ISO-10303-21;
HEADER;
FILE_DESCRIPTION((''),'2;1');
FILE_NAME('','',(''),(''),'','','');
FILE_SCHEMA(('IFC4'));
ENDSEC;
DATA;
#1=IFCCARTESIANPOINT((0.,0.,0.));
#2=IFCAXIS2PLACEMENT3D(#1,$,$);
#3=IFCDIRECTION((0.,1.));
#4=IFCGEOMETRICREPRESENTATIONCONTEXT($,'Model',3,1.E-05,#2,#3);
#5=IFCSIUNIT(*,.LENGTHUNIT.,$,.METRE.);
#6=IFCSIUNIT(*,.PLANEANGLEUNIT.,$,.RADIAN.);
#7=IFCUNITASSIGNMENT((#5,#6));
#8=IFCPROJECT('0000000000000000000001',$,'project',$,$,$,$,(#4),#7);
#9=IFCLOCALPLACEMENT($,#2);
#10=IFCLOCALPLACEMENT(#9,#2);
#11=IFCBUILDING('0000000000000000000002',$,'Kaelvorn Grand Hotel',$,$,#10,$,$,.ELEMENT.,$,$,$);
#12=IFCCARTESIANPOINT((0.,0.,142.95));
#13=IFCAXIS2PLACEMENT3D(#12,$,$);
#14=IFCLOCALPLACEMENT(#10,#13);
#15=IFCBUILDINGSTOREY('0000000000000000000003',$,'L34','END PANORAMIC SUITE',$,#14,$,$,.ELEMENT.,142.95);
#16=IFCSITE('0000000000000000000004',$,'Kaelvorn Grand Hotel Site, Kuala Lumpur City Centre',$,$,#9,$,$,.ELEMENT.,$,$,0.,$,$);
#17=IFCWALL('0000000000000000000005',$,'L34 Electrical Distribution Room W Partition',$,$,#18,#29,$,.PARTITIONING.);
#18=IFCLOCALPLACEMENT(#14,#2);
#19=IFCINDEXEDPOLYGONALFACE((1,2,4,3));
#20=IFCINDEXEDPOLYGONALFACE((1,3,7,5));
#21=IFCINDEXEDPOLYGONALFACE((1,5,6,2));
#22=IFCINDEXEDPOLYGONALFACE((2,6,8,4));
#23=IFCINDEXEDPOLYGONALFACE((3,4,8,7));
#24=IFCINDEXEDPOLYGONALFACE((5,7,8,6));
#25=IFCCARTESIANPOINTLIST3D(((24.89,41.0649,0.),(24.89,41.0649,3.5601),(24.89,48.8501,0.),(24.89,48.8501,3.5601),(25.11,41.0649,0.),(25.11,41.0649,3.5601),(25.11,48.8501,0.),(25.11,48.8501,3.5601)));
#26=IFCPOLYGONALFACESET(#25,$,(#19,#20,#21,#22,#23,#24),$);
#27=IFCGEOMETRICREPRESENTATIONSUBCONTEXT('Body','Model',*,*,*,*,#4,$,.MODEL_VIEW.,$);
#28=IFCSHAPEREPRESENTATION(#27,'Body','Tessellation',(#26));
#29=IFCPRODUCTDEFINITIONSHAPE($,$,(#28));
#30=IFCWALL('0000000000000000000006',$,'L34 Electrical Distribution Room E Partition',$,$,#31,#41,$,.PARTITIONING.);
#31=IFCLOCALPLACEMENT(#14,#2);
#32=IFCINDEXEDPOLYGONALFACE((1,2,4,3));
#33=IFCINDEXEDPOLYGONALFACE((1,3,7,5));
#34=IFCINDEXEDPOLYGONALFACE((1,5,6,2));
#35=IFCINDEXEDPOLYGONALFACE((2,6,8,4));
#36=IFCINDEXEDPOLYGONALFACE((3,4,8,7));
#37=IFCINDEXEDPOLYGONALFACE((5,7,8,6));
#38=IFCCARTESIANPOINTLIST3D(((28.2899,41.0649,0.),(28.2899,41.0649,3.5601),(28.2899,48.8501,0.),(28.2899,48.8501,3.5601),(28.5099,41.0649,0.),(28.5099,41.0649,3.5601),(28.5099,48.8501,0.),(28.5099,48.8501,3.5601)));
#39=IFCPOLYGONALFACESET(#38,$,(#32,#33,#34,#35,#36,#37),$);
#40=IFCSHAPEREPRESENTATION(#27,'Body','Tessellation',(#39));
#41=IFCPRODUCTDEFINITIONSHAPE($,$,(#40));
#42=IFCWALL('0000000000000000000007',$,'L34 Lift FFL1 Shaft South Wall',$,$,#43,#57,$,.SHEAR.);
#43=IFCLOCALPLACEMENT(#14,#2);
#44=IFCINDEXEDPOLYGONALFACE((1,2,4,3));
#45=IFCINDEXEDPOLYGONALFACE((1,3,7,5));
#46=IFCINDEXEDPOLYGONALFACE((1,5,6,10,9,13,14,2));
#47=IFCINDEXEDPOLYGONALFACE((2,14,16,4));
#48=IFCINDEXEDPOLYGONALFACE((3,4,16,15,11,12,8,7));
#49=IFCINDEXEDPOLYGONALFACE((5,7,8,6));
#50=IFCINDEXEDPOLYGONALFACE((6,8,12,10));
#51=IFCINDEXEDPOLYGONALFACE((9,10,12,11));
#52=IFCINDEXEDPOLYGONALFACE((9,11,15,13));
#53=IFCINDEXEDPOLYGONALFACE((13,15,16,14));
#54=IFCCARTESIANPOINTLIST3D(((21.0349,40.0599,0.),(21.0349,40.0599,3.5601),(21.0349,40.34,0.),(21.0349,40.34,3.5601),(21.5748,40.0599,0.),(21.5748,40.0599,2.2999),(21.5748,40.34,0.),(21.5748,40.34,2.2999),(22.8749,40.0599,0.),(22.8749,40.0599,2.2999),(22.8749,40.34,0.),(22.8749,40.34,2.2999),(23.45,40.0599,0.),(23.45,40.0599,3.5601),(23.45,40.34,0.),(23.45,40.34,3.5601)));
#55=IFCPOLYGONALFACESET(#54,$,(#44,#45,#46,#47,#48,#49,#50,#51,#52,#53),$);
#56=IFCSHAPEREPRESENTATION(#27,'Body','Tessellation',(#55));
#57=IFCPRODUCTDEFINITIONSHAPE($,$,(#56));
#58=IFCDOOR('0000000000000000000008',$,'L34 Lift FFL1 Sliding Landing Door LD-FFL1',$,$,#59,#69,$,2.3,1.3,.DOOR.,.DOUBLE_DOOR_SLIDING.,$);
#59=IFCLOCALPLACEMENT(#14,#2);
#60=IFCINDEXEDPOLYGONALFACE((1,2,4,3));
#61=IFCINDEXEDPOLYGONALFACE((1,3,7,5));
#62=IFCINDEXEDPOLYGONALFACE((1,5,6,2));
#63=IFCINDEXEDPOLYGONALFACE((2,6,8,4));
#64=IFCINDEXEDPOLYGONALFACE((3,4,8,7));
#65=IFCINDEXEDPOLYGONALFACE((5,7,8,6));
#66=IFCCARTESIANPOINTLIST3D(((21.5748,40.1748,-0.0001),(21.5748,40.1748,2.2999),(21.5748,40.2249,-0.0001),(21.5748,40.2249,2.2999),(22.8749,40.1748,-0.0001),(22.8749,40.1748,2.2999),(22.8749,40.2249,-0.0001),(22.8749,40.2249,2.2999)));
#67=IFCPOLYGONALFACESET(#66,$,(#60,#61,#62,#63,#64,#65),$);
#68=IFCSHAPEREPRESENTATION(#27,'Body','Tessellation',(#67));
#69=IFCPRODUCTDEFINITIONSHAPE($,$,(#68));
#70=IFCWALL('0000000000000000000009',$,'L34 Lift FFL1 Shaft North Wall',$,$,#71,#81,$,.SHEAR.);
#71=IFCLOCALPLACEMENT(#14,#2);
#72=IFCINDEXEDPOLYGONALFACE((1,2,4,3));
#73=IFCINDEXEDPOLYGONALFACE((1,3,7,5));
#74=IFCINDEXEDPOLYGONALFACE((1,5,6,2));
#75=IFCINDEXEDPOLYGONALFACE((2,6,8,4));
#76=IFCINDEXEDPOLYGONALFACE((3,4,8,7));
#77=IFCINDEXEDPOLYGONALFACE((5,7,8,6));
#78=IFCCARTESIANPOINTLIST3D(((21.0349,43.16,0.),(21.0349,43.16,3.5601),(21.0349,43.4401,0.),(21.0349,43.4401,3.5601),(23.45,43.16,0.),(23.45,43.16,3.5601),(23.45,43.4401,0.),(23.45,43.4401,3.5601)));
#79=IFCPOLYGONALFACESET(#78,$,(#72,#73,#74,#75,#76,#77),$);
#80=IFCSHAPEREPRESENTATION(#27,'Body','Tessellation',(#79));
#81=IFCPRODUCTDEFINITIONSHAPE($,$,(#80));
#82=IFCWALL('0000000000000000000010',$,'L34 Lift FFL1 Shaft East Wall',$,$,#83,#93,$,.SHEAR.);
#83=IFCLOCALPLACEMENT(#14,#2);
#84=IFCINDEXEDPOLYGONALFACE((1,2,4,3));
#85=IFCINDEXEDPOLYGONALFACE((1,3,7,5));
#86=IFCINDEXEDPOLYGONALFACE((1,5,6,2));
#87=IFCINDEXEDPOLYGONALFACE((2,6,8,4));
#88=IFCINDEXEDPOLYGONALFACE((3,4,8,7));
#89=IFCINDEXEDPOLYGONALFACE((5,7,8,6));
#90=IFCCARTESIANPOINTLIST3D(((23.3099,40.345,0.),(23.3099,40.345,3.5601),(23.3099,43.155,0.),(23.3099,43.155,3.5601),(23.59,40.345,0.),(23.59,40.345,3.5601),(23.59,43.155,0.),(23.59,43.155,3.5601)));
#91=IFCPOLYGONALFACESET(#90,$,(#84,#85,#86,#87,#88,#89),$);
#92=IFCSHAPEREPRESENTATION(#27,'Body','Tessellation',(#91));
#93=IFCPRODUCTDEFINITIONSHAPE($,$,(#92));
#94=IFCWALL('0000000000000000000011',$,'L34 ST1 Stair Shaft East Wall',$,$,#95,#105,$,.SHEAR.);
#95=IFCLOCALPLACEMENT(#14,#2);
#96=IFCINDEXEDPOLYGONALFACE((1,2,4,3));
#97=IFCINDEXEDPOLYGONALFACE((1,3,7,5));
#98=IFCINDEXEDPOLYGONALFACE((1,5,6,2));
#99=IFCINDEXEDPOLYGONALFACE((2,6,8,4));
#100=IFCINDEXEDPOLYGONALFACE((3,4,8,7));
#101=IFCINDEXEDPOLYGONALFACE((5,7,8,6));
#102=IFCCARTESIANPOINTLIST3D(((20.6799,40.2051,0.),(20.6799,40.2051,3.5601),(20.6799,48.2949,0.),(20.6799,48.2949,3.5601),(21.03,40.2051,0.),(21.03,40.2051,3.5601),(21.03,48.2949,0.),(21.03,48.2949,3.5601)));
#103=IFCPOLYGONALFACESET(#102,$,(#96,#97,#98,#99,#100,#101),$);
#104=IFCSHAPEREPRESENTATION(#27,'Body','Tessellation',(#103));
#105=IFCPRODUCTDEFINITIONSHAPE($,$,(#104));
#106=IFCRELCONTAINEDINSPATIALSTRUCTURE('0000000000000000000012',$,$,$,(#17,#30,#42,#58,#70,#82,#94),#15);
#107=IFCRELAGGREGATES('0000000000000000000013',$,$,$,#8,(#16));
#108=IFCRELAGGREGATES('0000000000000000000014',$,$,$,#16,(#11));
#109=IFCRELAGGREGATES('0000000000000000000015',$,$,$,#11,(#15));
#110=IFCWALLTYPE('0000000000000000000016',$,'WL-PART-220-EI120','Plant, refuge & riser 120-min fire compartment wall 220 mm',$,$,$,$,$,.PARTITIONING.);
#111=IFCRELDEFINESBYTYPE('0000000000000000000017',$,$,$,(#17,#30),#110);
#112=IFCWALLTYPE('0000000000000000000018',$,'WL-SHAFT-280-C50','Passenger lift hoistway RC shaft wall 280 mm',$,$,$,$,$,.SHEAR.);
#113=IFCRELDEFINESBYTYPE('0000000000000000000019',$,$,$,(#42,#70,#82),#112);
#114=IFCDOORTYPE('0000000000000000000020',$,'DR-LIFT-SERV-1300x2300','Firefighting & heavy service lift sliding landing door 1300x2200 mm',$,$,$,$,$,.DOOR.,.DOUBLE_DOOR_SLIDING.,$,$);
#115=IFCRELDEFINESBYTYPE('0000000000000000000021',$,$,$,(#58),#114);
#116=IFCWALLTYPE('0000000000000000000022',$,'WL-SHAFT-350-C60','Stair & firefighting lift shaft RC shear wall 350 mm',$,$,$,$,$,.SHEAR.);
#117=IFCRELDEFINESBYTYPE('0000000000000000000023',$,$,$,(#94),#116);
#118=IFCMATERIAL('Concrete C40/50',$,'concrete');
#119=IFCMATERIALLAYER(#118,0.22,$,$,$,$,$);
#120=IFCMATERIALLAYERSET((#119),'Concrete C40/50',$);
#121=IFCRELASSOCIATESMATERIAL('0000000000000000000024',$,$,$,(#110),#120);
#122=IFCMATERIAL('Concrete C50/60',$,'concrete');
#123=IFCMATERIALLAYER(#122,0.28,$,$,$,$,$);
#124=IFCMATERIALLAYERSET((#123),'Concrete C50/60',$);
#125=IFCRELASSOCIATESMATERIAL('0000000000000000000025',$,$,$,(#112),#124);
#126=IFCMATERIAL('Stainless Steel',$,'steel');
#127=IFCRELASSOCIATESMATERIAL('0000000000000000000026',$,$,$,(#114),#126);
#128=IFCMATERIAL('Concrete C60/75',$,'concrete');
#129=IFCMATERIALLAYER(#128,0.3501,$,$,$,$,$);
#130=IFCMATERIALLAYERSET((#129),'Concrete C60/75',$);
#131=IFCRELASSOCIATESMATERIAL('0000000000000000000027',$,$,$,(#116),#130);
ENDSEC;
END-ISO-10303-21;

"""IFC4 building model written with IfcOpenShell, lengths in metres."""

from ifc_helpers import new_model, si_unit, direction, frame, frame_2d, origin, place, context, subcontext, project, spatial, rectangle, extrude, material, layer, layer_set, type_object, element, fill, save


model = new_model("IFC4")

# Units and contexts
model_context = context("Model", 3, precision=1e-05, world=origin(), true_north=direction((0.0, 1.0)))
body_context = subcontext(model_context, "Body", "Model", "MODEL_VIEW")
ifc_project = project(units=[si_unit("LENGTHUNIT", "METRE"), si_unit("PLANEANGLEUNIT", "RADIAN")], contexts=[model_context])

# Site, building, storey
site_placement = place(None, origin())
site = spatial("IfcSite", under=ifc_project, at=site_placement, Name="Kaelvorn Grand Hotel Site, Kuala Lumpur City Centre", CompositionType="ELEMENT", RefElevation=0.0)
building_placement = place(site_placement, origin())
building = spatial("IfcBuilding", under=site, at=building_placement, Name="Kaelvorn Grand Hotel", CompositionType="ELEMENT")
storey_placement = place(building_placement, frame((0.0, 0.0, 142.95)))
storey = spatial("IfcBuildingStorey", under=building, at=storey_placement, Name="L34", Description="END PANORAMIC SUITE", CompositionType="ELEMENT", Elevation=142.95)

# Shared definitions
ifc_material_1 = material(Name="Concrete C60/75", Category="concrete")

# Shared definitions
ifc_material_2 = material(Name="Concrete C50/60", Category="concrete")

# Shared definitions
ifc_material_3 = material(Name="Concrete C40/50", Category="concrete")
ifc_layer_1 = layer(ifc_material_3, 0.22)
ifc_layer_set_1 = layer_set([ifc_layer_1], Name="Concrete C40/50")
wall_type_1 = type_object("IfcWallType", Name="WL-PART-220-EI120", Description="Plant, refuge & riser 120-min fire compartment wall 220 mm", PredefinedType="PARTITIONING", material=ifc_layer_set_1)

# Walls
for number, where, z_axis, x_axis, name in (
    (1, (25.0, 41.0649, 0.0), (0.0, 0.0, 1.0), (0.0, 1.0, 0.0), "L34 Electrical Distribution Room W Partition"),
    (2, (28.3999, 41.0649, 0.0), (0.0, 0.0, 1.0), (0.0, 1.0, 0.0), "L34 Electrical Distribution Room E Partition"),
):
    element("IfcWall", number, at=place(storey_placement, frame(where, z_axis=z_axis, x_axis=x_axis)), inside=storey, type_object=wall_type_1, Name=name, PredefinedType="PARTITIONING", context=body_context, shape_type="SweptSolid", body=[
        extrude(rectangle(XDim=7.7852, YDim=0.22, at=frame_2d((3.8926, 0.0))), origin(), (0.0, 0.0, 1.0), 3.5601),
    ])

# Wall, opening, door
ifc_layer_2 = layer(ifc_material_2, 0.28)
ifc_layer_set_2 = layer_set([ifc_layer_2], Name="Concrete C50/60")
wall_type_2 = type_object("IfcWallType", Name="WL-SHAFT-280-C50", Description="Passenger lift hoistway RC shaft wall 280 mm", PredefinedType="SHEAR", material=ifc_layer_set_2)
wall_1_placement = place(storey_placement, frame((21.0349, 40.2, 0.0), z_axis=(0.0, 0.0, 1.0), x_axis=(1.0, 0.0, 0.0)))
wall_1 = element("IfcWall", 3, at=wall_1_placement, inside=storey, type_object=wall_type_2, Name="L34 Lift FFL1 Shaft South Wall", PredefinedType="SHEAR", context=body_context, shape_type="SweptSolid", body=[
    extrude(rectangle(XDim=2.415, YDim=0.28, at=frame_2d((1.2075, 0.0))), origin(), (0.0, 0.0, 1.0), 3.5601),
])
opening_1_placement = place(wall_1_placement, frame((0.54, 0.0, 0.0)))
opening_1 = element("IfcOpeningElement", 4, at=opening_1_placement, cuts=wall_1, PredefinedType="OPENING", context=body_context, shape_type="SweptSolid", body=[
    extrude(rectangle(XDim=1.3, YDim=2.3, at=frame_2d((0.6499, 1.1499))), frame((0.0, 0.1499, 0.0), z_axis=(0.0, -1.0, 0.0), x_axis=(1.0, 0.0, 0.0)), (0.0, 0.0, 1.0), 0.3),
])
ifc_material_4 = material(Name="Stainless Steel", Category="steel")
door_type_1 = type_object("IfcDoorType", Name="DR-LIFT-SERV-1300x2300", Description="Firefighting & heavy service lift sliding landing door 1300x2200 mm", OperationType="DOUBLE_DOOR_SLIDING", PredefinedType="DOOR", material=ifc_material_4)
door_1_placement = place(opening_1_placement, origin())
door_1 = element("IfcDoor", 5, at=door_1_placement, inside=storey, type_object=door_type_1, Name="L34 Lift FFL1 Sliding Landing Door LD-FFL1", OperationType="DOUBLE_DOOR_SLIDING", OverallHeight=2.3, OverallWidth=1.3, PredefinedType="DOOR", context=body_context, shape_type="SweptSolid", body=[
    extrude(rectangle(XDim=1.3, YDim=2.3, at=frame_2d((0.6499, 1.1499))), frame((0.0, 0.0249, 0.0), z_axis=(0.0, -1.0, 0.0), x_axis=(1.0, 0.0, 0.0)), (0.0, 0.0, 1.0), 0.05),
])
fill(opening_1, door_1)

# Walls
wall_2_placement = place(storey_placement, frame((21.0349, 43.3, 0.0), z_axis=(0.0, 0.0, 1.0), x_axis=(1.0, 0.0, 0.0)))
element("IfcWall", 6, at=wall_2_placement, inside=storey, type_object=wall_type_2, Name="L34 Lift FFL1 Shaft North Wall", PredefinedType="SHEAR", context=body_context, shape_type="SweptSolid", body=[
    extrude(rectangle(XDim=2.415, YDim=0.28, at=frame_2d((1.2075, 0.0))), origin(), (0.0, 0.0, 1.0), 3.5601),
])
wall_3_placement = place(storey_placement, frame((23.45, 40.345, 0.0), z_axis=(0.0, 0.0, 1.0), x_axis=(0.0, 1.0, 0.0)))
element("IfcWall", 7, at=wall_3_placement, inside=storey, type_object=wall_type_2, Name="L34 Lift FFL1 Shaft East Wall", PredefinedType="SHEAR", context=body_context, shape_type="SweptSolid", body=[
    extrude(rectangle(XDim=2.8101, YDim=0.28, at=frame_2d((1.405, 0.0))), origin(), (0.0, 0.0, 1.0), 3.5601),
])
ifc_layer_3 = layer(ifc_material_1, 0.3501)
ifc_layer_set_3 = layer_set([ifc_layer_3], Name="Concrete C60/75")
wall_type_3 = type_object("IfcWallType", Name="WL-SHAFT-350-C60", Description="Stair & firefighting lift shaft RC shear wall 350 mm", PredefinedType="SHEAR", material=ifc_layer_set_3)
wall_4_placement = place(storey_placement, frame((20.855, 40.2051, 0.0), z_axis=(0.0, 0.0, 1.0), x_axis=(0.0, 1.0, 0.0)))
element("IfcWall", 8, at=wall_4_placement, inside=storey, type_object=wall_type_3, Name="L34 ST1 Stair Shaft East Wall", PredefinedType="SHEAR", context=body_context, shape_type="SweptSolid", body=[
    extrude(rectangle(XDim=8.0898, YDim=0.3501, at=frame_2d((4.0449, 0.0))), origin(), (0.0, 0.0, 1.0), 3.5601),
])

save(model, "model.ifc")
